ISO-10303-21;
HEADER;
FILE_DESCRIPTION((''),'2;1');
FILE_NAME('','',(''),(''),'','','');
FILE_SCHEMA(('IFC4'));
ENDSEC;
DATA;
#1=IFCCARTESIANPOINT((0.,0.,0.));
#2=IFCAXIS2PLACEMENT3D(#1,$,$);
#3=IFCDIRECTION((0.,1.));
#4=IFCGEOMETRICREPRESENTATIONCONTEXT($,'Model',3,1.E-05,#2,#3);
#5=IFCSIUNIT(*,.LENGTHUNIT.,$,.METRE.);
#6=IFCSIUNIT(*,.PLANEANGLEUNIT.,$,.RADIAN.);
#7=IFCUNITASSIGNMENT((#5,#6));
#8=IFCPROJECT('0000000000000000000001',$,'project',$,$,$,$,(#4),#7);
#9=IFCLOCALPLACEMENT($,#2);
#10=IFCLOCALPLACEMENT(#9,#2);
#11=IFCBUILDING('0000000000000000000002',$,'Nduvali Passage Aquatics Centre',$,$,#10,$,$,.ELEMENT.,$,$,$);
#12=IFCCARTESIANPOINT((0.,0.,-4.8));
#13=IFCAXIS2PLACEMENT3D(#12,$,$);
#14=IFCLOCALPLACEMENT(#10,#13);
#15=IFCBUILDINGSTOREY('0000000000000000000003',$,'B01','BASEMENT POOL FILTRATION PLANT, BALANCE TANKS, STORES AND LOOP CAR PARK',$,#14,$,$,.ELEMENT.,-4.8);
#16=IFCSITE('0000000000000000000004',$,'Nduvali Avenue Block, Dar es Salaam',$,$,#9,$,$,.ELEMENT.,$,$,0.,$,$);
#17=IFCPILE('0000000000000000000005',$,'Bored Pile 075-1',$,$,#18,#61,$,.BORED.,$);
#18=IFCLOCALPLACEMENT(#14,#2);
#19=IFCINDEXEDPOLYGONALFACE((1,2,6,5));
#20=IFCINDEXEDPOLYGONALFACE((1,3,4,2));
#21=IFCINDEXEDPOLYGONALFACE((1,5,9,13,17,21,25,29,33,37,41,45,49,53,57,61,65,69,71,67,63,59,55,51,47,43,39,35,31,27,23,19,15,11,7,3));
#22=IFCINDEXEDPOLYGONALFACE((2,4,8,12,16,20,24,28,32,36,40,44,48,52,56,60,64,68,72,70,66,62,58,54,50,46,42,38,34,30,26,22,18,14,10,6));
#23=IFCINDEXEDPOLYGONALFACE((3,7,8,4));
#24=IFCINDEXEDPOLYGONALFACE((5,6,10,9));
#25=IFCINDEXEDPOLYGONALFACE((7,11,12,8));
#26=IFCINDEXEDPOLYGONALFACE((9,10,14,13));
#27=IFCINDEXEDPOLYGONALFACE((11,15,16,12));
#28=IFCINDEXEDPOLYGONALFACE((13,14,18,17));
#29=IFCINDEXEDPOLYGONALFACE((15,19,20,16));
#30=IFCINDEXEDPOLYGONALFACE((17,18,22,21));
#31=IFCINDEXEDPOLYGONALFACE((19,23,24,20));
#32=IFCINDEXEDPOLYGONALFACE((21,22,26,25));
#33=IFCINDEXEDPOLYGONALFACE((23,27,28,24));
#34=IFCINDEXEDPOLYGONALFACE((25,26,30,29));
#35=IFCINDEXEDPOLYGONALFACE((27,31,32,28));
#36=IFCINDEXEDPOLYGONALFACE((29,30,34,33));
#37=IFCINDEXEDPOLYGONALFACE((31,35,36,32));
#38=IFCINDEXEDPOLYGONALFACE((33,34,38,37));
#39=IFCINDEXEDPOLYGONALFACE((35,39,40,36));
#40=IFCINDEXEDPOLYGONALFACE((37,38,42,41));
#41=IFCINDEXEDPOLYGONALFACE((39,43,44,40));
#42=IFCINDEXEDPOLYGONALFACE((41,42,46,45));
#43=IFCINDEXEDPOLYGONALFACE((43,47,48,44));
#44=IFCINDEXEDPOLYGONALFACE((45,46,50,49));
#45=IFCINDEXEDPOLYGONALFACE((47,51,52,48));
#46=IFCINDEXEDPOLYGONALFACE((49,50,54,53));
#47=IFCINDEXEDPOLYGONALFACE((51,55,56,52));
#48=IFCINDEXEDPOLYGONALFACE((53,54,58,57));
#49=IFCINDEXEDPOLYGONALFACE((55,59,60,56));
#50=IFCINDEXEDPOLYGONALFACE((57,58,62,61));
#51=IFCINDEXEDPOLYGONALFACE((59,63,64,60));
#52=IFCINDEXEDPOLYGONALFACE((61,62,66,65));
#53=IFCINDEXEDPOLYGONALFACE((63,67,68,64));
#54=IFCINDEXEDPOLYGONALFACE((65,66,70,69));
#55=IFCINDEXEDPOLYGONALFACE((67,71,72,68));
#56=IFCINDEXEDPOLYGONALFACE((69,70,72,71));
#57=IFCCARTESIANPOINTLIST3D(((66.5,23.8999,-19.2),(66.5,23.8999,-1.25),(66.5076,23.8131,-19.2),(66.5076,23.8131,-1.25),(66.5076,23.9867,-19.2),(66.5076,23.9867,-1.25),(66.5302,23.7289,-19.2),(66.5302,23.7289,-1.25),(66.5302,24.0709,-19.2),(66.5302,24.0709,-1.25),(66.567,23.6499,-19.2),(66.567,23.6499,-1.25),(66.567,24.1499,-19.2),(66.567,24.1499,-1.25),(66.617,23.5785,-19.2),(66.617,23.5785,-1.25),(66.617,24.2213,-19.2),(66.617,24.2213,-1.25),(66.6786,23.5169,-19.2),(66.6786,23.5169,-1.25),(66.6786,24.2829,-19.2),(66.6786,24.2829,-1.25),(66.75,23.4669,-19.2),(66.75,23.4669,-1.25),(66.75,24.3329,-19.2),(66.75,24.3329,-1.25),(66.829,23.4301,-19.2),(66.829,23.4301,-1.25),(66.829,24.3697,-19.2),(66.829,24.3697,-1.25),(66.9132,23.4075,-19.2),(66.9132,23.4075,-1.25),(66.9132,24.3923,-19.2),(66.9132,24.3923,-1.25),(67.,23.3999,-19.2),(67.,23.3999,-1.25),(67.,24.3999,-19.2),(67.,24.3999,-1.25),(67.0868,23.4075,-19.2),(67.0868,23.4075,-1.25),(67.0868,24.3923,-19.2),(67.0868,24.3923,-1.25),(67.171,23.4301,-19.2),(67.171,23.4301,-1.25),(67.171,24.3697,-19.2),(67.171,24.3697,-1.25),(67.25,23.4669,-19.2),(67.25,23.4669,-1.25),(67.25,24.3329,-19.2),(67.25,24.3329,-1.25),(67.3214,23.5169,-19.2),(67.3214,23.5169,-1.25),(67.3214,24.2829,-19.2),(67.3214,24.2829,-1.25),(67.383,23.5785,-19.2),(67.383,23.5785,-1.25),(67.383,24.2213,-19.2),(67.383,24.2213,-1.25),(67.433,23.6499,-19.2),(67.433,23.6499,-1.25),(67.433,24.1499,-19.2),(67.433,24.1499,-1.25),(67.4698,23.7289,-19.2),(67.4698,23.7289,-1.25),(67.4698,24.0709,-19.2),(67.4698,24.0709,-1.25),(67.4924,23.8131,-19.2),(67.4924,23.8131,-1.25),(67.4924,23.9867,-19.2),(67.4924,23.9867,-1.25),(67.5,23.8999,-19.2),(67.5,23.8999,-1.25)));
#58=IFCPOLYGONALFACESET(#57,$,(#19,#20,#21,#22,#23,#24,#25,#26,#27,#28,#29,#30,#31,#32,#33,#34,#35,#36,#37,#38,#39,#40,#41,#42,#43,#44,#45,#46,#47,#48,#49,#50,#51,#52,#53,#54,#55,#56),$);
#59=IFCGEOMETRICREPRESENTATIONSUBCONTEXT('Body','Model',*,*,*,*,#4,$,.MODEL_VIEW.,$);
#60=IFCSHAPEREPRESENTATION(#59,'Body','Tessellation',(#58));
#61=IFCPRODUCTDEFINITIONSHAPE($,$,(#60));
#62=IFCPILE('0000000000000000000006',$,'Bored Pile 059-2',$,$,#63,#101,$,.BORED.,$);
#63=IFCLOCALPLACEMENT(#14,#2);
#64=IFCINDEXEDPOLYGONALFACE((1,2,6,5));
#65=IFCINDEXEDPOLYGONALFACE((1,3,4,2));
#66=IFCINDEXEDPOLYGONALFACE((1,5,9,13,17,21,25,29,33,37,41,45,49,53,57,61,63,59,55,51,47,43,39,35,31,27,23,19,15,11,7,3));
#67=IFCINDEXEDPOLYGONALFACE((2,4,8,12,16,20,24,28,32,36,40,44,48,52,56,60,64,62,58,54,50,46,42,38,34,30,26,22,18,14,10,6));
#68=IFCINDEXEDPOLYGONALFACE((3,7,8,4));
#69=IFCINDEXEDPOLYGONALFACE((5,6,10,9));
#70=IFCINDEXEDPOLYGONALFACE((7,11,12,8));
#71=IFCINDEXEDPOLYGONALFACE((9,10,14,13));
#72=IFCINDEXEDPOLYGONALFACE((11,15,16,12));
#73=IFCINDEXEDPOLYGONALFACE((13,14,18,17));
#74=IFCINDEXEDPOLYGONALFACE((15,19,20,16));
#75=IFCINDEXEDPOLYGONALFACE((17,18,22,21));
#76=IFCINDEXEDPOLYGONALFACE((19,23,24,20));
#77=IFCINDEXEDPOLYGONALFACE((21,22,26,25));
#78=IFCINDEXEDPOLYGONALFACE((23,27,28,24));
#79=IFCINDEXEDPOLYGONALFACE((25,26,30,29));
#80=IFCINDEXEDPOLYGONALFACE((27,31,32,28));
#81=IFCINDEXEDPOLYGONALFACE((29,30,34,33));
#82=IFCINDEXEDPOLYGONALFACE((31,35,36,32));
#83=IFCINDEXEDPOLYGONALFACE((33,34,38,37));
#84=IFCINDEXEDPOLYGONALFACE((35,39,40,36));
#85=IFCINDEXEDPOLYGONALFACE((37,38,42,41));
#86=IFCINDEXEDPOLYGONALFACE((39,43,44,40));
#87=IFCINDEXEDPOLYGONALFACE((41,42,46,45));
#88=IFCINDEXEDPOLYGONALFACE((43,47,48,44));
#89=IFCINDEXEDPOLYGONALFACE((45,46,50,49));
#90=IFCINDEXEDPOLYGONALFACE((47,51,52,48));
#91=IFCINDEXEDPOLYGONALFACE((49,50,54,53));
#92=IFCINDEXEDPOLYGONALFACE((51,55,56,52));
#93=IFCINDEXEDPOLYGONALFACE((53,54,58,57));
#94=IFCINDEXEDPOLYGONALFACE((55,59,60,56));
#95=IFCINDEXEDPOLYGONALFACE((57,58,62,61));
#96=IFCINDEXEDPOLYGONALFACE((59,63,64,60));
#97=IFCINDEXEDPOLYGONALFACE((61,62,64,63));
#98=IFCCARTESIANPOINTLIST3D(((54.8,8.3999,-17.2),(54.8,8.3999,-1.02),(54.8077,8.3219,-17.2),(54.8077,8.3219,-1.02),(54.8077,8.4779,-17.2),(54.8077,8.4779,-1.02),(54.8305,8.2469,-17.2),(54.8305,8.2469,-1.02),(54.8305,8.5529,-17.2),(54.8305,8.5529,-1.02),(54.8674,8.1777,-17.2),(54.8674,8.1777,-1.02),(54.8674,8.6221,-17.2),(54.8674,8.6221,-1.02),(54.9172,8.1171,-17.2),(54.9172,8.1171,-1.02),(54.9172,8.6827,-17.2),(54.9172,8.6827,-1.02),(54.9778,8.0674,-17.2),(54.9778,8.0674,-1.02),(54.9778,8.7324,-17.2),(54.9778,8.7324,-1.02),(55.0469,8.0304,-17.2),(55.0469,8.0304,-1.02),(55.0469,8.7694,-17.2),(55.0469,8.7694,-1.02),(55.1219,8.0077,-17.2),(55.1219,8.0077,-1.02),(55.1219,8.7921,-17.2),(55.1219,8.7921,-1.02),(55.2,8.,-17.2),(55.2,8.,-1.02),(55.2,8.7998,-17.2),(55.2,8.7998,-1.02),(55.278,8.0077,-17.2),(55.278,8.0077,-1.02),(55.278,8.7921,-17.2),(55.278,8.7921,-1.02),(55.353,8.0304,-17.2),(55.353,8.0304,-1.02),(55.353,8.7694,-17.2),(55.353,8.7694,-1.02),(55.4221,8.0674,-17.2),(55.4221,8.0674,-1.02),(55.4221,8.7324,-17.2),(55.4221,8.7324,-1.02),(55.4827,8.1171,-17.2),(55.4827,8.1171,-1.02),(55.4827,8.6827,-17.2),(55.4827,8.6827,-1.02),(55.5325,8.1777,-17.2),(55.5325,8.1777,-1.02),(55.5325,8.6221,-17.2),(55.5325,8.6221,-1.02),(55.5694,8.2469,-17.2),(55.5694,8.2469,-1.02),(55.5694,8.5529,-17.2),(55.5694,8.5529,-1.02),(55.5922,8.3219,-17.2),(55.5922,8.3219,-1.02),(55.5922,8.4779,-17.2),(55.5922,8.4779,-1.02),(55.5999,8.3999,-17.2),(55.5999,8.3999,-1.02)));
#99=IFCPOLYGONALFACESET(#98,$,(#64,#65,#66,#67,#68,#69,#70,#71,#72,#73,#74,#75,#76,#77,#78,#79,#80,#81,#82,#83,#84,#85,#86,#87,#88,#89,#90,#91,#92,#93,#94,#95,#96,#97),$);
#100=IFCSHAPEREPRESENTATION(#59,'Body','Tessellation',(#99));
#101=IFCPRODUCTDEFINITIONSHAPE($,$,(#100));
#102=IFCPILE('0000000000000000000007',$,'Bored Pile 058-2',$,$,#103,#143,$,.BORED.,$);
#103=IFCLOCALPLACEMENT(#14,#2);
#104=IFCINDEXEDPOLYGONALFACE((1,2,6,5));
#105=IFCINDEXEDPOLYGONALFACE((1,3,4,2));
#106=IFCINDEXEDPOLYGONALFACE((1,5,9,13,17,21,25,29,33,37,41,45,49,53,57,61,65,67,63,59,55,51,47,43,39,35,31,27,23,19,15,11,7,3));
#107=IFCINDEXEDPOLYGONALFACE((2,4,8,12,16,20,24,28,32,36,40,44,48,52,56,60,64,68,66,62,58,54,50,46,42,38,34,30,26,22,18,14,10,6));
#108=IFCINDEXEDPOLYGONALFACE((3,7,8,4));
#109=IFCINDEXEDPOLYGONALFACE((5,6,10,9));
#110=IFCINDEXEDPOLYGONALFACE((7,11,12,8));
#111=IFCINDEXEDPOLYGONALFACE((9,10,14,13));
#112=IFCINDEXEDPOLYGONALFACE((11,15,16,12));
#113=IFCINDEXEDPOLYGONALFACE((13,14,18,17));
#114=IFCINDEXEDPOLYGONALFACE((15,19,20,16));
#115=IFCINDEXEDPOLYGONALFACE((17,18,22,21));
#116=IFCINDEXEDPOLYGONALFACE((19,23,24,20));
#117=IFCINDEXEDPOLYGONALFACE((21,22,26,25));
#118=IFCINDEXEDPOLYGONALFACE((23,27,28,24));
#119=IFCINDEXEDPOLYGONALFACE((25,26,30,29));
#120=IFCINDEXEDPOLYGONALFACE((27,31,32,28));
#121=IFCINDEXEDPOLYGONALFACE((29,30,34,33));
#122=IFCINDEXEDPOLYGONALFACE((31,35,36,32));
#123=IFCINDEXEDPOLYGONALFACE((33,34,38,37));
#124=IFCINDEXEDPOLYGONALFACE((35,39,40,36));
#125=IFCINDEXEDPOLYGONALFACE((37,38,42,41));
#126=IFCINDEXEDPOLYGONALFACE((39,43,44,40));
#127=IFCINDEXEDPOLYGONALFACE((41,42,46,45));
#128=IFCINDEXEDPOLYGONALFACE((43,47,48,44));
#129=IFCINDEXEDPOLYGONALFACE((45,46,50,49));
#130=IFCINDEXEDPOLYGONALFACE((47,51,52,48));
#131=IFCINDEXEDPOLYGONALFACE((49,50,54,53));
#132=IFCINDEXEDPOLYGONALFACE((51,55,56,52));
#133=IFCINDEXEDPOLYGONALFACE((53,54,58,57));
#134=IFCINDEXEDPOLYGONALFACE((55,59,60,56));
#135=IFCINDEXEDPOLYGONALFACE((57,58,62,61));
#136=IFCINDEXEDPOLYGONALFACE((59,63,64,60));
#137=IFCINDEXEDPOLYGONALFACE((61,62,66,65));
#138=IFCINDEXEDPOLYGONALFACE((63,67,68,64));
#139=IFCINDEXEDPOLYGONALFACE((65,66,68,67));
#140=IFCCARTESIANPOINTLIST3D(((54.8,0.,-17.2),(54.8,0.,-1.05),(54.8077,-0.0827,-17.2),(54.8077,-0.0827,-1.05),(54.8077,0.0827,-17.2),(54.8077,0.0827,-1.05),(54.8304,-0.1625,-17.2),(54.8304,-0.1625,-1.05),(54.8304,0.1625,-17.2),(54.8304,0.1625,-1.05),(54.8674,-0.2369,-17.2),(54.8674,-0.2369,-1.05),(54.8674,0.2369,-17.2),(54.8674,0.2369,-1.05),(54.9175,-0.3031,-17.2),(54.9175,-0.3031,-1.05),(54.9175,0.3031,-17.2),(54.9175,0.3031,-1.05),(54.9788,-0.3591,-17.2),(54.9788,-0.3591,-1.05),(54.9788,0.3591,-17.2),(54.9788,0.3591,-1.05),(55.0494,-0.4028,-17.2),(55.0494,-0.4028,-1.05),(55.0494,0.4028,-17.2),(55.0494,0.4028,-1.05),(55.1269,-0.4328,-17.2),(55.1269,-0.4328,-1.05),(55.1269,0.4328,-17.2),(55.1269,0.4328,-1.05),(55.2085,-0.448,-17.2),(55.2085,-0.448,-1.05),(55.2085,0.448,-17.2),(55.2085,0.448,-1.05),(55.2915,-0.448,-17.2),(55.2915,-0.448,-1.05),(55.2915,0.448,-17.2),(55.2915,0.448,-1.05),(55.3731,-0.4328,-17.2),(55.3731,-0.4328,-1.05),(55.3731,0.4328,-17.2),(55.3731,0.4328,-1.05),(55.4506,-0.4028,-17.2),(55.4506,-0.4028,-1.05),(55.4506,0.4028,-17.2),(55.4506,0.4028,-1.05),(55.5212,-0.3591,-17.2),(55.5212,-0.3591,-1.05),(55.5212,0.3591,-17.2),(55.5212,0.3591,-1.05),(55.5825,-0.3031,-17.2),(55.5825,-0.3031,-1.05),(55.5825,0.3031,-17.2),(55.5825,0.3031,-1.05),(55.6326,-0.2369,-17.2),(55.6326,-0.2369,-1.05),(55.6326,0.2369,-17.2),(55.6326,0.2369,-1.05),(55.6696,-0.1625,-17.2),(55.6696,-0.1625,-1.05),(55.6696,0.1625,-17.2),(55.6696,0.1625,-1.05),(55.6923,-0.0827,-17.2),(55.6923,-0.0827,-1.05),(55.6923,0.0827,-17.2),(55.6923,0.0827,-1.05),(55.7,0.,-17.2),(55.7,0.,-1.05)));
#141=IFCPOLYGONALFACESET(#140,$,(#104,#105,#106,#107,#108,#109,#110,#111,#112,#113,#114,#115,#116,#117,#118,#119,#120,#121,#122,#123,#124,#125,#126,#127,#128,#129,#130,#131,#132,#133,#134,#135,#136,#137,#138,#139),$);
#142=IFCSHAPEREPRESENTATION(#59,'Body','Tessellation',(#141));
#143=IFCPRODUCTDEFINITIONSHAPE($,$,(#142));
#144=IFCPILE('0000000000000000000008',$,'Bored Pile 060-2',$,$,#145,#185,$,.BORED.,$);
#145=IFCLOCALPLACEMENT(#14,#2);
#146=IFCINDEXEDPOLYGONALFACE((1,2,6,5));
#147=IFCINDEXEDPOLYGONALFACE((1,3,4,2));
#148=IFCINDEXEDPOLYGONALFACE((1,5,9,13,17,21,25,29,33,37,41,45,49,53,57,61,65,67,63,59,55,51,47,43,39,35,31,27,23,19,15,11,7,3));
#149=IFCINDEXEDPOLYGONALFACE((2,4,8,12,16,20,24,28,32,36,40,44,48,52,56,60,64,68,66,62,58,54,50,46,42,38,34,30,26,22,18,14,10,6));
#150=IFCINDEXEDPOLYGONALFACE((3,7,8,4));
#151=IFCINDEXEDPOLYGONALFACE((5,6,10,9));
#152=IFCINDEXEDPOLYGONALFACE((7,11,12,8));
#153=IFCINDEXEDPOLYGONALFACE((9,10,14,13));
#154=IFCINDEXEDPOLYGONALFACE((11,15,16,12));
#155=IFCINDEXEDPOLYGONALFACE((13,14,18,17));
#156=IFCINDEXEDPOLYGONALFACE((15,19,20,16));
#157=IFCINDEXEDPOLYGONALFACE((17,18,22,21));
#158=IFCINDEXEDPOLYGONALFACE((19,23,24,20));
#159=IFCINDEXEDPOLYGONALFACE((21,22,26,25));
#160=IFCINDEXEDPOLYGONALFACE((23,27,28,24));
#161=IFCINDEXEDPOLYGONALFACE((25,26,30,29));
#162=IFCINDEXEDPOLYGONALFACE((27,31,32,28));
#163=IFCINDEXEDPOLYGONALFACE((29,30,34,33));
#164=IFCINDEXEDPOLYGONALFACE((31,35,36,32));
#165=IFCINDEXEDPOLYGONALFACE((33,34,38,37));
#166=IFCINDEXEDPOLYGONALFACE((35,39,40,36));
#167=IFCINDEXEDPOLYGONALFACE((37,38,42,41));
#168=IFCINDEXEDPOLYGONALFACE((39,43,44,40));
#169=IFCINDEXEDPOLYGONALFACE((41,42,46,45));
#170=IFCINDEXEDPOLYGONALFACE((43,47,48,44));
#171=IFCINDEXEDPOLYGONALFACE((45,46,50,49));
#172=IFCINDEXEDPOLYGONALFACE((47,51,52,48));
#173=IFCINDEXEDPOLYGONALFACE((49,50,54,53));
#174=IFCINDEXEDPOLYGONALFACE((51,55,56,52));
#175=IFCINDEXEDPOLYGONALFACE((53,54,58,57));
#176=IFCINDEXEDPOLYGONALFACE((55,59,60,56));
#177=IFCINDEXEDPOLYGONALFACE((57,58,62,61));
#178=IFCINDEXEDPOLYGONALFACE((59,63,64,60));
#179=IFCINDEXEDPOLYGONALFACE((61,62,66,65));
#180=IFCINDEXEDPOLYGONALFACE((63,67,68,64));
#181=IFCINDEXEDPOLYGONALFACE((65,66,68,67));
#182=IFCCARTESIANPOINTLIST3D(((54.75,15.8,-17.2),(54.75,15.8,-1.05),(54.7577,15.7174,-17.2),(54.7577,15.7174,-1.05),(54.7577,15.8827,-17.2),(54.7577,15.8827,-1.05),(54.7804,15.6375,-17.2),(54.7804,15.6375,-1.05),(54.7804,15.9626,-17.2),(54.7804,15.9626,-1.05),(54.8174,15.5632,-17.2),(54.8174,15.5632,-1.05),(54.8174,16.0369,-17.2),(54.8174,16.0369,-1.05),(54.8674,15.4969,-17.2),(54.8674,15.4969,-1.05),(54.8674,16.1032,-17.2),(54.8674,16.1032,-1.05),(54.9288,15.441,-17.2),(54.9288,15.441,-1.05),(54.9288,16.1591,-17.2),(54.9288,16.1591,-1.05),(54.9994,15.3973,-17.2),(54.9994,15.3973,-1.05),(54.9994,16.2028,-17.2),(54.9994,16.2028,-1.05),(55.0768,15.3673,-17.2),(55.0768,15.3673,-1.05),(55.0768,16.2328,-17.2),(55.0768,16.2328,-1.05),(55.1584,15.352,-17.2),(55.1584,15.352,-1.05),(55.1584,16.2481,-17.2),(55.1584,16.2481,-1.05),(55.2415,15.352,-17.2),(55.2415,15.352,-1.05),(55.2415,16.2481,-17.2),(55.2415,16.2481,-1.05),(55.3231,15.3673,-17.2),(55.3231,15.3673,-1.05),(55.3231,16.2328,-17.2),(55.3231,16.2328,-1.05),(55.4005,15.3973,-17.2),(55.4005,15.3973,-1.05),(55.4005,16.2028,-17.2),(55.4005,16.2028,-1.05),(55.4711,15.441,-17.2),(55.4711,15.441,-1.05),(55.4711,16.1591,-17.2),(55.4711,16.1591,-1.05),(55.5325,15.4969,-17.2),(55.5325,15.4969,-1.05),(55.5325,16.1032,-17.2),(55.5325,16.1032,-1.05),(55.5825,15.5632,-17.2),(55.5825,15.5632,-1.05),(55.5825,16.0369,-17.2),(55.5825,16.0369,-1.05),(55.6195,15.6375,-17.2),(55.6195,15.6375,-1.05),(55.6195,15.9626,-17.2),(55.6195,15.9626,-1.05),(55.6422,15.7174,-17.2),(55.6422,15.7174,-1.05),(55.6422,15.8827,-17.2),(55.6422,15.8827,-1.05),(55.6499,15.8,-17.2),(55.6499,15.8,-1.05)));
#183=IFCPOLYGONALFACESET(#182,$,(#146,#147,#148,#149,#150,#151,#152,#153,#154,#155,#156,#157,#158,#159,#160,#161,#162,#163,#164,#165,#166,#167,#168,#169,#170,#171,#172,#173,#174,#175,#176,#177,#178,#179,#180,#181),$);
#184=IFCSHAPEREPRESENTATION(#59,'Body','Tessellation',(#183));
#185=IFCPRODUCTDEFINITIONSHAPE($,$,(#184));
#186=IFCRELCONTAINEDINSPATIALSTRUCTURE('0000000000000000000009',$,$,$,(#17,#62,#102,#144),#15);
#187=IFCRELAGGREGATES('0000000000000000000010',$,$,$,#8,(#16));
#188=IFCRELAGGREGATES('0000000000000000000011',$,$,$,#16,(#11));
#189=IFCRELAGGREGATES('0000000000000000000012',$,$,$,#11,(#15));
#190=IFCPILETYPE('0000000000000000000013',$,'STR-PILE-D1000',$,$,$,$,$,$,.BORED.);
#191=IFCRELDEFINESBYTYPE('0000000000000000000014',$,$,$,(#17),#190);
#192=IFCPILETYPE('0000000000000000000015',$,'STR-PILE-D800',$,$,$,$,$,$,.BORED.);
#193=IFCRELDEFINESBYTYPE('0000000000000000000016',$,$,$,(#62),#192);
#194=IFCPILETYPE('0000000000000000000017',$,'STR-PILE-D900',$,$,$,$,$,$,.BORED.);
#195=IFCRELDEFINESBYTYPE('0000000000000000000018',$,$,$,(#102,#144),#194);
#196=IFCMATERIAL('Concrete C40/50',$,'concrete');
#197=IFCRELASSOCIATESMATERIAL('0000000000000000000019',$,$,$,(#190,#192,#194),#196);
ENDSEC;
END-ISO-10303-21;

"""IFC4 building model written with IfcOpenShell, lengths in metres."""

from ifc_helpers import new_model, si_unit, direction, frame, origin, origin_2d, place, context, subcontext, project, spatial, circle, extrude, material, material_profile, profile_set, type_object, element, save


model = new_model("IFC4")

# Units and contexts
model_context = context("Model", 3, precision=1e-05, world=origin(), true_north=direction((0.0, 1.0)))
body_context = subcontext(model_context, "Body", "Model", "MODEL_VIEW")
ifc_project = project(units=[si_unit("LENGTHUNIT", "METRE"), si_unit("PLANEANGLEUNIT", "RADIAN")], contexts=[model_context])

# Site, building, storey
site_placement = place(None, origin())
site = spatial("IfcSite", under=ifc_project, at=site_placement, Name="Nduvali Avenue Block, Dar es Salaam", CompositionType="ELEMENT", RefElevation=0.0)
building_placement = place(site_placement, origin())
building = spatial("IfcBuilding", under=site, at=building_placement, Name="Nduvali Passage Aquatics Centre", CompositionType="ELEMENT")
storey_placement = place(building_placement, frame((0.0, 0.0, -4.8)))
storey = spatial("IfcBuildingStorey", under=building, at=storey_placement, Name="B01", Description="BASEMENT POOL FILTRATION PLANT, BALANCE TANKS, STORES AND LOOP CAR PARK", CompositionType="ELEMENT", Elevation=-4.8)

# Shared definitions
ifc_material = material(Name="Concrete C40/50", Category="concrete")

# Piles
ifc_material_profile_1 = material_profile(ifc_material, circle(Radius=0.5, at=origin_2d()), Name="PILE D1000")
ifc_profile_set_1 = profile_set([ifc_material_profile_1], Name="Concrete C40/50")
pile_type_1 = type_object("IfcPileType", Name="STR-PILE-D1000", PredefinedType="BORED", material=ifc_profile_set_1)
for number, where, z_axis, x_axis, name in (
    (1, (67.0, 23.8999, -1.25), (0.0, 0.0, -1.0), (1.0, 0.0, 0.0), "Bored Pile 075-1"),
):
    element("IfcPile", number, at=place(storey_placement, frame(where, z_axis=z_axis, x_axis=x_axis)), inside=storey, type_object=pile_type_1, Name=name, PredefinedType="BORED", context=body_context, shape_type="SweptSolid", body=[
        extrude(circle(Radius=0.5, at=origin_2d()), origin(), (0.0, 0.0, 1.0), 17.95),
    ])
ifc_material_profile_2 = material_profile(ifc_material, circle(Radius=0.3999, at=origin_2d()), Name="PILE D800")
ifc_profile_set_2 = profile_set([ifc_material_profile_2], Name="Concrete C40/50")
pile_type_2 = type_object("IfcPileType", Name="STR-PILE-D800", PredefinedType="BORED", material=ifc_profile_set_2)
pile_1_placement = place(storey_placement, frame((55.2, 8.3999, -1.02), z_axis=(0.0, 0.0, -1.0), x_axis=(1.0, 0.0, 0.0)))
element("IfcPile", 2, at=pile_1_placement, inside=storey, type_object=pile_type_2, Name="Bored Pile 059-2", PredefinedType="BORED", context=body_context, shape_type="SweptSolid", body=[
    extrude(circle(Radius=0.3999, at=origin_2d()), origin(), (0.0, 0.0, 1.0), 16.1799),
])
ifc_material_profile_3 = material_profile(ifc_material, circle(Radius=0.45, at=origin_2d()), Name="PILE D900")
ifc_profile_set_3 = profile_set([ifc_material_profile_3], Name="Concrete C40/50")
pile_type_3 = type_object("IfcPileType", Name="STR-PILE-D900", PredefinedType="BORED", material=ifc_profile_set_3)
for number, where, z_axis, x_axis, name in (
    (3, (55.25, 0.0, -1.05), (0.0, 0.0, -1.0), (1.0, 0.0, 0.0), "Bored Pile 058-2"),
    (4, (55.2, 15.8, -1.05), (0.0, 0.0, -1.0), (1.0, 0.0, 0.0), "Bored Pile 060-2"),
):
    element("IfcPile", number, at=place(storey_placement, frame(where, z_axis=z_axis, x_axis=x_axis)), inside=storey, type_object=pile_type_3, Name=name, PredefinedType="BORED", context=body_context, shape_type="SweptSolid", body=[
        extrude(circle(Radius=0.45, at=origin_2d()), origin(), (0.0, 0.0, 1.0), 16.1499),
    ])

save(model, "model.ifc")
